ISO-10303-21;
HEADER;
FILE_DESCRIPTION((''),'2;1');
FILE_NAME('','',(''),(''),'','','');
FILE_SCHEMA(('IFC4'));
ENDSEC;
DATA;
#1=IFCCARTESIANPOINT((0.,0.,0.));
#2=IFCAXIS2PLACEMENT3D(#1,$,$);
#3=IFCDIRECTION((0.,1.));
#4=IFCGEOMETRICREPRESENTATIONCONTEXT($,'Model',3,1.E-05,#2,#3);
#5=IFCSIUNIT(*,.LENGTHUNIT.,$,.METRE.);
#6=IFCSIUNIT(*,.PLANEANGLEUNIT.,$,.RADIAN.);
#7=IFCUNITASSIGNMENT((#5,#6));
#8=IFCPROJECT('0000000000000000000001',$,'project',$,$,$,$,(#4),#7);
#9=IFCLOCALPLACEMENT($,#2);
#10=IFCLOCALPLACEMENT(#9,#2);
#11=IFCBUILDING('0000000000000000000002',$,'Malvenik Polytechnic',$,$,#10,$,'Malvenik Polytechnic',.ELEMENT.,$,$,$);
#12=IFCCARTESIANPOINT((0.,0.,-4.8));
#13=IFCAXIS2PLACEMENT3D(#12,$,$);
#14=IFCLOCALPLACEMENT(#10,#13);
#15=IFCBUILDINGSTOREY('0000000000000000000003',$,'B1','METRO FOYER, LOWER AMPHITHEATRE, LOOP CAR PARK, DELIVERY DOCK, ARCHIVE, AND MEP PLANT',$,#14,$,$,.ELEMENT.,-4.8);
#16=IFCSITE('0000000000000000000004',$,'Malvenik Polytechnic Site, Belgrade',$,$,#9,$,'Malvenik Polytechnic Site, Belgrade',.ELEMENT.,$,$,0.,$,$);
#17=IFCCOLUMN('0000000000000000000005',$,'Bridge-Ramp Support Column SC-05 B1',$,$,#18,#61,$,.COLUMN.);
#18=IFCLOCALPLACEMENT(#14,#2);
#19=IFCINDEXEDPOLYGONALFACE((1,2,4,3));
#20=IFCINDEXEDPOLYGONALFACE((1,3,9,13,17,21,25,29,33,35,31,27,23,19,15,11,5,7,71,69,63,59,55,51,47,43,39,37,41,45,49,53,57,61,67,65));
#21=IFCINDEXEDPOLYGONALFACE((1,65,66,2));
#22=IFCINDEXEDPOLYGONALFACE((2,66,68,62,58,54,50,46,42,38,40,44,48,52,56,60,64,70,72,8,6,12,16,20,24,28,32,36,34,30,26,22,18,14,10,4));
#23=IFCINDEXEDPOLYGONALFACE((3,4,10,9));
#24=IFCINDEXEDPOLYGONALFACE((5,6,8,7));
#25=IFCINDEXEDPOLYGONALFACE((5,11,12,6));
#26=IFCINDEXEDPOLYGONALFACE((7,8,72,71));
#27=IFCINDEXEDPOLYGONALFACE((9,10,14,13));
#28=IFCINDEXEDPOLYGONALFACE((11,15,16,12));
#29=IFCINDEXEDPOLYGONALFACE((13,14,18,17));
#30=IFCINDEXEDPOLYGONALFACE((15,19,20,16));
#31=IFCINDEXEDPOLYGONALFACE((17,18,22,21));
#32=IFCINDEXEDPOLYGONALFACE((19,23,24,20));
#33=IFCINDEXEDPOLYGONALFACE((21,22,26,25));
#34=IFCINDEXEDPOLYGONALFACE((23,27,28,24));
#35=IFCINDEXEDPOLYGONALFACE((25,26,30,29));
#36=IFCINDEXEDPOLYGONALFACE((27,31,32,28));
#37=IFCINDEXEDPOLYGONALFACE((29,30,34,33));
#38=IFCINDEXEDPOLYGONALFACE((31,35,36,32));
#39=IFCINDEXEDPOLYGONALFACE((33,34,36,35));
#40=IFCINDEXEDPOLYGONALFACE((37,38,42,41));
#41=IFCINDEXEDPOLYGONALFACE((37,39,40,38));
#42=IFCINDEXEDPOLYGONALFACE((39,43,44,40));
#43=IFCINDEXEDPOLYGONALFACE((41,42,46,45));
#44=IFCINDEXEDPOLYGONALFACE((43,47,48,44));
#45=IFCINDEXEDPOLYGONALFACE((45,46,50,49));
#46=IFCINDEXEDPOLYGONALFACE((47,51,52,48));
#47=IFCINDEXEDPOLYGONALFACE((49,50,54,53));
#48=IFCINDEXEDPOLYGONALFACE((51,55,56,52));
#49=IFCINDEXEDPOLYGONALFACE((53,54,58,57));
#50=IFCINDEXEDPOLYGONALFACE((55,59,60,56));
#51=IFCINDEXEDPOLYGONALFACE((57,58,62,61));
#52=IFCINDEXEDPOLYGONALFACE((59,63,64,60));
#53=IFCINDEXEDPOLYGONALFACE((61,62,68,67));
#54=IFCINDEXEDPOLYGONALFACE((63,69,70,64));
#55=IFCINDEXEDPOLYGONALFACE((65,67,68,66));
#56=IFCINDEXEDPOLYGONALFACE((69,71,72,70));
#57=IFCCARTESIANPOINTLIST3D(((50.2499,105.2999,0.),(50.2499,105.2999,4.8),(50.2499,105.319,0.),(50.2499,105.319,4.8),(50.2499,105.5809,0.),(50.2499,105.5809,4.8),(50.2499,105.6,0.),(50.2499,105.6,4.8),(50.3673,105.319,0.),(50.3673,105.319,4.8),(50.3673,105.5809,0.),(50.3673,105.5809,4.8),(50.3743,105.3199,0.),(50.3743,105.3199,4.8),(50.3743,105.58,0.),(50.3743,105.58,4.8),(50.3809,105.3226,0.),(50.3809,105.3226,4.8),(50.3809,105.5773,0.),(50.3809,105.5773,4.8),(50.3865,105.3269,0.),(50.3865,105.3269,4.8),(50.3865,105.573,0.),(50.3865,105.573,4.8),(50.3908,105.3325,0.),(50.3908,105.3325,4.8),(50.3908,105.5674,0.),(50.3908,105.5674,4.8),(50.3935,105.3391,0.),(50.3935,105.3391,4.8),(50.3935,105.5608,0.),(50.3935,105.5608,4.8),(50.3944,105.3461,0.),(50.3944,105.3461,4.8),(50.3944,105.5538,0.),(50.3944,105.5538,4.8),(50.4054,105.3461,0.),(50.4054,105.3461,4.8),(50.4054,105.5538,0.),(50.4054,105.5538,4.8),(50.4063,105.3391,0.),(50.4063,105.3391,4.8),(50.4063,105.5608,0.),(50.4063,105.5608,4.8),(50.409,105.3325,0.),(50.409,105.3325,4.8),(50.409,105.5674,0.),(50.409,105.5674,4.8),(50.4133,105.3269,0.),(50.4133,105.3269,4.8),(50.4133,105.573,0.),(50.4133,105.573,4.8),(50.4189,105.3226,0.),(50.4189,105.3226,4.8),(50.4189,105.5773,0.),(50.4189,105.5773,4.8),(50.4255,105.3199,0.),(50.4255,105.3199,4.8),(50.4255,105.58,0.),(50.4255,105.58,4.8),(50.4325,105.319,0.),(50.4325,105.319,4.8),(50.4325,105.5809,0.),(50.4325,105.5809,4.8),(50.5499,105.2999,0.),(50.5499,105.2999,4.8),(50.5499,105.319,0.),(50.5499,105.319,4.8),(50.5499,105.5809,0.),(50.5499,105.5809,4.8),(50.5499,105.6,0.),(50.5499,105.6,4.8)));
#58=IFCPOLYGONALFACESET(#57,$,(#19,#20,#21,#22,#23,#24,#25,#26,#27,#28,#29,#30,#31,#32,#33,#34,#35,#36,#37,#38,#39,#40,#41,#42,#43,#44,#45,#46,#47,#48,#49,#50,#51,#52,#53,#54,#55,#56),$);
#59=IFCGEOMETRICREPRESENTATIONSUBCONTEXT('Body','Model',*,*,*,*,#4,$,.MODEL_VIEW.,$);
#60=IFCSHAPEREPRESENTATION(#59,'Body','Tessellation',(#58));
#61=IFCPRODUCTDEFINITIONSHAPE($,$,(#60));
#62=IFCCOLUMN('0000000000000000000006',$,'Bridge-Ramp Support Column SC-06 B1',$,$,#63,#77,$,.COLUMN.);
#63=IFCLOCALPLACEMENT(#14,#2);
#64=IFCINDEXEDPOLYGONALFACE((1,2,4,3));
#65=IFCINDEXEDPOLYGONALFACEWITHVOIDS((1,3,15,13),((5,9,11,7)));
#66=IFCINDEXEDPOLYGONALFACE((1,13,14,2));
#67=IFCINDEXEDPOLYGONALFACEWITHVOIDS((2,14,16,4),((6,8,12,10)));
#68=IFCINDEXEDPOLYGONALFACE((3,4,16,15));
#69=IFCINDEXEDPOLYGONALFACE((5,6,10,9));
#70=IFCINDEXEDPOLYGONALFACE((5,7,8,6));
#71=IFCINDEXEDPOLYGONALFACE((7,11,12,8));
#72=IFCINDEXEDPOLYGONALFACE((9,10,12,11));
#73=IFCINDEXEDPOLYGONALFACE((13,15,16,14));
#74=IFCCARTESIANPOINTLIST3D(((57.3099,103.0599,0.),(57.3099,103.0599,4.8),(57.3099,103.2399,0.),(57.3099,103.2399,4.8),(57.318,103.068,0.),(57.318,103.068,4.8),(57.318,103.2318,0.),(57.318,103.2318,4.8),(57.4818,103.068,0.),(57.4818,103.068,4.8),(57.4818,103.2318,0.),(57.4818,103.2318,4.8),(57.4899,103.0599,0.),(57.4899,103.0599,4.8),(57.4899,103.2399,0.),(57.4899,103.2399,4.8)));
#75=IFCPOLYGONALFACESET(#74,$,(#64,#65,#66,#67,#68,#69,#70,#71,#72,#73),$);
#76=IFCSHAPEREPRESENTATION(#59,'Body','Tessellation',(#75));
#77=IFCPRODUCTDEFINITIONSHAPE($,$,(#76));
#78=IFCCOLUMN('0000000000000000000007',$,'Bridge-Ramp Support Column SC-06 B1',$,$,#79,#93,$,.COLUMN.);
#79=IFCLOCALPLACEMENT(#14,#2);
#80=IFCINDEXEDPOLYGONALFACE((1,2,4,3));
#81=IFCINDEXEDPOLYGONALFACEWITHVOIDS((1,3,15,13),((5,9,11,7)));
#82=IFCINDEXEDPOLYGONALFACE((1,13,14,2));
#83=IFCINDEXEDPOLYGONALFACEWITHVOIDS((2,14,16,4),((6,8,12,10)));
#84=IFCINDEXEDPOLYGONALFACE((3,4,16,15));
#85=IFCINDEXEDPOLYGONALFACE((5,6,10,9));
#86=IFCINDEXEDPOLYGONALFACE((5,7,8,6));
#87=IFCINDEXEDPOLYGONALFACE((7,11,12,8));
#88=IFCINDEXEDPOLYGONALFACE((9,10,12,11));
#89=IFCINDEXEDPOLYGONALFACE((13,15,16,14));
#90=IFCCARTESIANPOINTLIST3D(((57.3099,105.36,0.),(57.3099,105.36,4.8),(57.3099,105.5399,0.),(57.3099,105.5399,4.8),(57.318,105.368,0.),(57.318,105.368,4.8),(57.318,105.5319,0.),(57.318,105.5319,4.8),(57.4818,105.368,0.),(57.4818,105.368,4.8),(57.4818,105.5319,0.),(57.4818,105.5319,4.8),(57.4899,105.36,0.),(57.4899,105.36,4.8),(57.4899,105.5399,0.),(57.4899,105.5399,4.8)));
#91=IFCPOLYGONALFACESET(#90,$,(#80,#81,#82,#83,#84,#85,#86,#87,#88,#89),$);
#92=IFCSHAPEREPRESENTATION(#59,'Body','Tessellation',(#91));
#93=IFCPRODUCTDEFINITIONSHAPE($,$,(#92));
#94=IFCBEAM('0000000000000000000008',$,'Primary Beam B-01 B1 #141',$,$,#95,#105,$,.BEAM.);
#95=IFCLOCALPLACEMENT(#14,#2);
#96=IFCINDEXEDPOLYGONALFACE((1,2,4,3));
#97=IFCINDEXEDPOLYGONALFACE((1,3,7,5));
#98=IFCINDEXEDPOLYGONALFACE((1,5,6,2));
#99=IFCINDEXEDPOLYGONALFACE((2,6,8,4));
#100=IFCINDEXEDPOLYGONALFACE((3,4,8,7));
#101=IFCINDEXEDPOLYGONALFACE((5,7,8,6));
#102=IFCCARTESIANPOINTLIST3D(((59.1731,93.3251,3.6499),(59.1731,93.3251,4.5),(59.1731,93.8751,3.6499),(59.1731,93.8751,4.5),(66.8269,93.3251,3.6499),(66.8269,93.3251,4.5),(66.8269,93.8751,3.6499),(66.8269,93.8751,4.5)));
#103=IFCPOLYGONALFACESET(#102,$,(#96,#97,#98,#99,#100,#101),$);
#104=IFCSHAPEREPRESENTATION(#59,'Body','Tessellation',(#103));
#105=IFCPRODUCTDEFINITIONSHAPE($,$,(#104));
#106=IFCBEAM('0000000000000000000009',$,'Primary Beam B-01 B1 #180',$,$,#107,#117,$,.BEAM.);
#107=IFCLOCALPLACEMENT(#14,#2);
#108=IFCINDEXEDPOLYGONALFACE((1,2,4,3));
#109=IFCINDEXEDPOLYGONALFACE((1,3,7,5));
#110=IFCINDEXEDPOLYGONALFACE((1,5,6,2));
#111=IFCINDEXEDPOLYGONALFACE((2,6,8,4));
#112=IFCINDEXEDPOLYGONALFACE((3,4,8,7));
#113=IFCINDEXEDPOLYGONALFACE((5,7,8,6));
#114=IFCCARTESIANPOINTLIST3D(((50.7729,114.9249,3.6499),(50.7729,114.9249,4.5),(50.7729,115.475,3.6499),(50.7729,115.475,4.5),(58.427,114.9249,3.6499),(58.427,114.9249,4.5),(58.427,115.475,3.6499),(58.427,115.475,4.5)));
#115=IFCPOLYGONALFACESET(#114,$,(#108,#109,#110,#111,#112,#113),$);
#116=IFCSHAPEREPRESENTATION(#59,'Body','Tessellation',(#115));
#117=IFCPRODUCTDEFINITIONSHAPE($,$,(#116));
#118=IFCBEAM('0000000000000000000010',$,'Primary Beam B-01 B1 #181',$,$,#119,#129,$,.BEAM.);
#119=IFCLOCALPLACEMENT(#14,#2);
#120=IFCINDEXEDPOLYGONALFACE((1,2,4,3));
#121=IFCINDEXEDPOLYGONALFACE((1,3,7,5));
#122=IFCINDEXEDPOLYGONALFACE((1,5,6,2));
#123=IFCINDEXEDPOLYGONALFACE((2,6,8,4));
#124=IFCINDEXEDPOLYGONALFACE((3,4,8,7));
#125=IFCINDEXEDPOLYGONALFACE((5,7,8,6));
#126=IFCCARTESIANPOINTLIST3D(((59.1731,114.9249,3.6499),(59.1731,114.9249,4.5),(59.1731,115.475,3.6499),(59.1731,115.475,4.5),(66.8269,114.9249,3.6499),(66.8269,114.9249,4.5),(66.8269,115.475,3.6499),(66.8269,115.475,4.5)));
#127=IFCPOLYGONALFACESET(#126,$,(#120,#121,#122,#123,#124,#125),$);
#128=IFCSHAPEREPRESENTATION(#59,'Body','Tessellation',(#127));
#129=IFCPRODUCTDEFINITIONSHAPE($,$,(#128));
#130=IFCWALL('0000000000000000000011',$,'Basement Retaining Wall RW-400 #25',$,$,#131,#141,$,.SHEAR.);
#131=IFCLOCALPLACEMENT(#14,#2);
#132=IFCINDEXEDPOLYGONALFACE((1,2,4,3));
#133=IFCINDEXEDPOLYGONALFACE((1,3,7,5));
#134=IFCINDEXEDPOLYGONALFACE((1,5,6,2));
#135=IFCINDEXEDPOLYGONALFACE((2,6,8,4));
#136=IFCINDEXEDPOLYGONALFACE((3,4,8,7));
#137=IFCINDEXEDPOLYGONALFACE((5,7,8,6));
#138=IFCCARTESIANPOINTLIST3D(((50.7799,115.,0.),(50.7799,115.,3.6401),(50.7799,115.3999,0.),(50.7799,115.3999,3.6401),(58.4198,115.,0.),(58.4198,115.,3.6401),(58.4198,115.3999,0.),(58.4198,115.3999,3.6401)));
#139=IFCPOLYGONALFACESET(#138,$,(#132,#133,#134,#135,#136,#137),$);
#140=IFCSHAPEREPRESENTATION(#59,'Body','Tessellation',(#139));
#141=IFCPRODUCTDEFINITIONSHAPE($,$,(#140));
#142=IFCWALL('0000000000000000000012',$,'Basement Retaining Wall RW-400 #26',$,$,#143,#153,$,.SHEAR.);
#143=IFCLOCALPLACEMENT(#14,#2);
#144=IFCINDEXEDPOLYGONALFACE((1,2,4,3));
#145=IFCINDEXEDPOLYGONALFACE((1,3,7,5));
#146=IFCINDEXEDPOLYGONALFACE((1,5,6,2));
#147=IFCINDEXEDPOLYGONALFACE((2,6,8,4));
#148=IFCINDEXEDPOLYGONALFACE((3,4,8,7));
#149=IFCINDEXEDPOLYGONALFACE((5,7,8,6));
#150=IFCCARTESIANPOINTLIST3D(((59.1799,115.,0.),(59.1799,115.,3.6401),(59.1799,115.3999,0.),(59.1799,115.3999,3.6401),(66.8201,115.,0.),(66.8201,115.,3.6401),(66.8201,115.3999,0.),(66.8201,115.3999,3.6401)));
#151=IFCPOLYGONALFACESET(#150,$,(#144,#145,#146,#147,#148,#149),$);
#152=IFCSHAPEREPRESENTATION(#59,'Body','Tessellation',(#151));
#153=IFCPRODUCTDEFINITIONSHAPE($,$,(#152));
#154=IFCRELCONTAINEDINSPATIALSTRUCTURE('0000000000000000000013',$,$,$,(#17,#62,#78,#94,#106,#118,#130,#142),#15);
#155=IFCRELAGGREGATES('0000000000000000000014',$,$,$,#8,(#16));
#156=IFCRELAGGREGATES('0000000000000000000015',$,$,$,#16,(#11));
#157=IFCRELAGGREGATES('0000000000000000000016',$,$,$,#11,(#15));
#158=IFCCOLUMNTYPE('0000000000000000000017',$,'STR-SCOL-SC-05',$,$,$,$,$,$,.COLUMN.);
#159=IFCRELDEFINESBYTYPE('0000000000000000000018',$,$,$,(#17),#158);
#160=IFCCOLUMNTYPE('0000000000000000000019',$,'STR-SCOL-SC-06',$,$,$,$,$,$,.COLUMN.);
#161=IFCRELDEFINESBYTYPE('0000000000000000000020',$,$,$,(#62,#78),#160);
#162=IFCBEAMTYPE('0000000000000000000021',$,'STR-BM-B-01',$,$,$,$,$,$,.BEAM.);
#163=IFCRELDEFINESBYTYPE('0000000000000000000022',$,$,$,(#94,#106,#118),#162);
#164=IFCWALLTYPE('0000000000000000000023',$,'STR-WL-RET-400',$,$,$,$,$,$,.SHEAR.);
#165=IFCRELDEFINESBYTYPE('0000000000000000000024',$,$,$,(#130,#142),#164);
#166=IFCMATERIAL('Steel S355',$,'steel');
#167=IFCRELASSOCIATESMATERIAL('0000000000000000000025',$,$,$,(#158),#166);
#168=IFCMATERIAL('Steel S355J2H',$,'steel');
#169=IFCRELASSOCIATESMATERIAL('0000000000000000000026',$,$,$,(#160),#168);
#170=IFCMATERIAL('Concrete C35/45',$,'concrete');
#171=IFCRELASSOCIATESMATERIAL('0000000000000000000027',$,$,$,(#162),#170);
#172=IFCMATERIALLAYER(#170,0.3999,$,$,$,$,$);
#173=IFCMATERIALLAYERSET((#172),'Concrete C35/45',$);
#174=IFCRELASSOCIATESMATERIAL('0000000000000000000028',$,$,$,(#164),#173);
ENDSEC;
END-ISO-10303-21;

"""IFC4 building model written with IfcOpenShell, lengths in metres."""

from ifc_helpers import new_model, si_unit, direction, frame, frame_2d, origin, origin_2d, place, context, subcontext, project, spatial, rectangle, hollow_rectangle, i_section, extrude, material, layer, layer_set, material_profile, profile_set, type_object, element, save


model = new_model("IFC4")

# Units and contexts
model_context = context("Model", 3, precision=1e-05, world=origin(), true_north=direction((0.0, 1.0)))
body_context = subcontext(model_context, "Body", "Model", "MODEL_VIEW")
ifc_project = project(units=[si_unit("LENGTHUNIT", "METRE"), si_unit("PLANEANGLEUNIT", "RADIAN")], contexts=[model_context])

# Site, building, storey
site_placement = place(None, origin())
site = spatial("IfcSite", under=ifc_project, at=site_placement, Name="Malvenik Polytechnic Site, Belgrade", LongName="Malvenik Polytechnic Site, Belgrade", CompositionType="ELEMENT", RefElevation=0.0)
building_placement = place(site_placement, origin())
building = spatial("IfcBuilding", under=site, at=building_placement, Name="Malvenik Polytechnic", LongName="Malvenik Polytechnic", CompositionType="ELEMENT")
storey_placement = place(building_placement, frame((0.0, 0.0, -4.8)))
storey = spatial("IfcBuildingStorey", under=building, at=storey_placement, Name="B1", Description="METRO FOYER, LOWER AMPHITHEATRE, LOOP CAR PARK, DELIVERY DOCK, ARCHIVE, AND MEP PLANT", CompositionType="ELEMENT", Elevation=-4.8)

# Shared definitions
ifc_material_1 = material(Name="Concrete C35/45", Category="concrete")

# Columns
ifc_material_2 = material(Name="Steel S355J2H", Category="steel")
ifc_material_3 = material(Name="Steel S355", Category="steel")
ifc_material_profile_1 = material_profile(ifc_material_3, i_section(OverallWidth=0.3, OverallDepth=0.3, WebThickness=0.011, FlangeThickness=0.019, FilletRadius=0.0271, at=origin_2d()), Name="HEB 300")
ifc_profile_set_1 = profile_set([ifc_material_profile_1], Name="Steel S355")
column_type_1 = type_object("IfcColumnType", Name="STR-SCOL-SC-05", PredefinedType="COLUMN", material=ifc_profile_set_1)
column_placement = place(storey_placement, frame((50.3999, 105.45, 0.0), z_axis=(0.0, 0.0, 1.0), x_axis=(1.0, 0.0, 0.0)))
element("IfcColumn", 1, at=column_placement, inside=storey, type_object=column_type_1, Name="Bridge-Ramp Support Column SC-05 B1", PredefinedType="COLUMN", context=body_context, shape_type="SweptSolid", body=[
    extrude(i_section(OverallWidth=0.3, OverallDepth=0.3, WebThickness=0.011, FlangeThickness=0.019, FilletRadius=0.0271, at=origin_2d()), origin(), (0.0, 0.0, 1.0), 4.8),
])
ifc_material_profile_2 = material_profile(ifc_material_2, hollow_rectangle(XDim=0.1799, YDim=0.1799, WallThickness=0.0081, at=origin_2d()), Name="SHS 180x180x8.0")
ifc_profile_set_2 = profile_set([ifc_material_profile_2], Name="Steel S355J2H")
column_type_2 = type_object("IfcColumnType", Name="STR-SCOL-SC-06", PredefinedType="COLUMN", material=ifc_profile_set_2)
for number, where, z_axis, x_axis, name in (
    (2, (57.3999, 103.1499, 0.0), (0.0, 0.0, 1.0), (1.0, 0.0, 0.0), "Bridge-Ramp Support Column SC-06 B1"),
    (3, (57.3999, 105.45, 0.0), (0.0, 0.0, 1.0), (1.0, 0.0, 0.0), "Bridge-Ramp Support Column SC-06 B1"),
):
    element("IfcColumn", number, at=place(storey_placement, frame(where, z_axis=z_axis, x_axis=x_axis)), inside=storey, type_object=column_type_2, Name=name, PredefinedType="COLUMN", context=body_context, shape_type="SweptSolid", body=[
        extrude(hollow_rectangle(XDim=0.1799, YDim=0.1799, WallThickness=0.0081, at=origin_2d()), origin(), (0.0, 0.0, 1.0), 4.8),
    ])

# Beams
ifc_material_profile_3 = material_profile(ifc_material_1, rectangle(XDim=0.55, YDim=0.8501, at=origin_2d()), Name="RC BM 550x850")
ifc_profile_set_3 = profile_set([ifc_material_profile_3], Name="Concrete C35/45")
beam_type = type_object("IfcBeamType", Name="STR-BM-B-01", PredefinedType="BEAM", material=ifc_profile_set_3)
beam_1_placement = place(storey_placement, frame((59.1731, 93.6001, 4.075), z_axis=(1.0, 0.0, 0.0), x_axis=(0.0, 1.0, 0.0)))
element("IfcBeam", 4, at=beam_1_placement, inside=storey, type_object=beam_type, Name="Primary Beam B-01 B1 #141", PredefinedType="BEAM", context=body_context, shape_type="SweptSolid", body=[
    extrude(rectangle(XDim=0.55, YDim=0.8501, at=origin_2d()), origin(), (0.0, 0.0, 1.0), 7.6538),
])
beam_2_placement = place(storey_placement, frame((50.7729, 115.2, 4.075), z_axis=(1.0, 0.0, 0.0), x_axis=(0.0, 1.0, 0.0)))
element("IfcBeam", 5, at=beam_2_placement, inside=storey, type_object=beam_type, Name="Primary Beam B-01 B1 #180", PredefinedType="BEAM", context=body_context, shape_type="SweptSolid", body=[
    extrude(rectangle(XDim=0.55, YDim=0.8501, at=origin_2d()), origin(), (0.0, 0.0, 1.0), 7.6541),
])
beam_3_placement = place(storey_placement, frame((59.1731, 115.2, 4.075), z_axis=(1.0, 0.0, 0.0), x_axis=(0.0, 1.0, 0.0)))
element("IfcBeam", 6, at=beam_3_placement, inside=storey, type_object=beam_type, Name="Primary Beam B-01 B1 #181", PredefinedType="BEAM", context=body_context, shape_type="SweptSolid", body=[
    extrude(rectangle(XDim=0.55, YDim=0.8501, at=origin_2d()), origin(), (0.0, 0.0, 1.0), 7.6538),
])

# Walls
ifc_layer = layer(ifc_material_1, 0.3999)
ifc_layer_set = layer_set([ifc_layer], Name="Concrete C35/45")
wall_type = type_object("IfcWallType", Name="STR-WL-RET-400", PredefinedType="SHEAR", material=ifc_layer_set)
wall_1_placement = place(storey_placement, frame((50.78, 115.2, 0.0), z_axis=(0.0, 0.0, 1.0), x_axis=(1.0, 0.0, 0.0)))
element("IfcWall", 7, at=wall_1_placement, inside=storey, type_object=wall_type, Name="Basement Retaining Wall RW-400 #25", PredefinedType="SHEAR", context=body_context, shape_type="SweptSolid", body=[
    extrude(rectangle(XDim=7.6399, YDim=0.3999, at=frame_2d((3.8198, 0.0))), origin(), (0.0, 0.0, 1.0), 3.6401),
])
wall_2_placement = place(storey_placement, frame((59.1799, 115.2, 0.0), z_axis=(0.0, 0.0, 1.0), x_axis=(1.0, 0.0, 0.0)))
element("IfcWall", 8, at=wall_2_placement, inside=storey, type_object=wall_type, Name="Basement Retaining Wall RW-400 #26", PredefinedType="SHEAR", context=body_context, shape_type="SweptSolid", body=[
    extrude(rectangle(XDim=7.6401, YDim=0.3999, at=frame_2d((3.8201, 0.0))), origin(), (0.0, 0.0, 1.0), 3.6401),
])

save(model, "model.ifc")
